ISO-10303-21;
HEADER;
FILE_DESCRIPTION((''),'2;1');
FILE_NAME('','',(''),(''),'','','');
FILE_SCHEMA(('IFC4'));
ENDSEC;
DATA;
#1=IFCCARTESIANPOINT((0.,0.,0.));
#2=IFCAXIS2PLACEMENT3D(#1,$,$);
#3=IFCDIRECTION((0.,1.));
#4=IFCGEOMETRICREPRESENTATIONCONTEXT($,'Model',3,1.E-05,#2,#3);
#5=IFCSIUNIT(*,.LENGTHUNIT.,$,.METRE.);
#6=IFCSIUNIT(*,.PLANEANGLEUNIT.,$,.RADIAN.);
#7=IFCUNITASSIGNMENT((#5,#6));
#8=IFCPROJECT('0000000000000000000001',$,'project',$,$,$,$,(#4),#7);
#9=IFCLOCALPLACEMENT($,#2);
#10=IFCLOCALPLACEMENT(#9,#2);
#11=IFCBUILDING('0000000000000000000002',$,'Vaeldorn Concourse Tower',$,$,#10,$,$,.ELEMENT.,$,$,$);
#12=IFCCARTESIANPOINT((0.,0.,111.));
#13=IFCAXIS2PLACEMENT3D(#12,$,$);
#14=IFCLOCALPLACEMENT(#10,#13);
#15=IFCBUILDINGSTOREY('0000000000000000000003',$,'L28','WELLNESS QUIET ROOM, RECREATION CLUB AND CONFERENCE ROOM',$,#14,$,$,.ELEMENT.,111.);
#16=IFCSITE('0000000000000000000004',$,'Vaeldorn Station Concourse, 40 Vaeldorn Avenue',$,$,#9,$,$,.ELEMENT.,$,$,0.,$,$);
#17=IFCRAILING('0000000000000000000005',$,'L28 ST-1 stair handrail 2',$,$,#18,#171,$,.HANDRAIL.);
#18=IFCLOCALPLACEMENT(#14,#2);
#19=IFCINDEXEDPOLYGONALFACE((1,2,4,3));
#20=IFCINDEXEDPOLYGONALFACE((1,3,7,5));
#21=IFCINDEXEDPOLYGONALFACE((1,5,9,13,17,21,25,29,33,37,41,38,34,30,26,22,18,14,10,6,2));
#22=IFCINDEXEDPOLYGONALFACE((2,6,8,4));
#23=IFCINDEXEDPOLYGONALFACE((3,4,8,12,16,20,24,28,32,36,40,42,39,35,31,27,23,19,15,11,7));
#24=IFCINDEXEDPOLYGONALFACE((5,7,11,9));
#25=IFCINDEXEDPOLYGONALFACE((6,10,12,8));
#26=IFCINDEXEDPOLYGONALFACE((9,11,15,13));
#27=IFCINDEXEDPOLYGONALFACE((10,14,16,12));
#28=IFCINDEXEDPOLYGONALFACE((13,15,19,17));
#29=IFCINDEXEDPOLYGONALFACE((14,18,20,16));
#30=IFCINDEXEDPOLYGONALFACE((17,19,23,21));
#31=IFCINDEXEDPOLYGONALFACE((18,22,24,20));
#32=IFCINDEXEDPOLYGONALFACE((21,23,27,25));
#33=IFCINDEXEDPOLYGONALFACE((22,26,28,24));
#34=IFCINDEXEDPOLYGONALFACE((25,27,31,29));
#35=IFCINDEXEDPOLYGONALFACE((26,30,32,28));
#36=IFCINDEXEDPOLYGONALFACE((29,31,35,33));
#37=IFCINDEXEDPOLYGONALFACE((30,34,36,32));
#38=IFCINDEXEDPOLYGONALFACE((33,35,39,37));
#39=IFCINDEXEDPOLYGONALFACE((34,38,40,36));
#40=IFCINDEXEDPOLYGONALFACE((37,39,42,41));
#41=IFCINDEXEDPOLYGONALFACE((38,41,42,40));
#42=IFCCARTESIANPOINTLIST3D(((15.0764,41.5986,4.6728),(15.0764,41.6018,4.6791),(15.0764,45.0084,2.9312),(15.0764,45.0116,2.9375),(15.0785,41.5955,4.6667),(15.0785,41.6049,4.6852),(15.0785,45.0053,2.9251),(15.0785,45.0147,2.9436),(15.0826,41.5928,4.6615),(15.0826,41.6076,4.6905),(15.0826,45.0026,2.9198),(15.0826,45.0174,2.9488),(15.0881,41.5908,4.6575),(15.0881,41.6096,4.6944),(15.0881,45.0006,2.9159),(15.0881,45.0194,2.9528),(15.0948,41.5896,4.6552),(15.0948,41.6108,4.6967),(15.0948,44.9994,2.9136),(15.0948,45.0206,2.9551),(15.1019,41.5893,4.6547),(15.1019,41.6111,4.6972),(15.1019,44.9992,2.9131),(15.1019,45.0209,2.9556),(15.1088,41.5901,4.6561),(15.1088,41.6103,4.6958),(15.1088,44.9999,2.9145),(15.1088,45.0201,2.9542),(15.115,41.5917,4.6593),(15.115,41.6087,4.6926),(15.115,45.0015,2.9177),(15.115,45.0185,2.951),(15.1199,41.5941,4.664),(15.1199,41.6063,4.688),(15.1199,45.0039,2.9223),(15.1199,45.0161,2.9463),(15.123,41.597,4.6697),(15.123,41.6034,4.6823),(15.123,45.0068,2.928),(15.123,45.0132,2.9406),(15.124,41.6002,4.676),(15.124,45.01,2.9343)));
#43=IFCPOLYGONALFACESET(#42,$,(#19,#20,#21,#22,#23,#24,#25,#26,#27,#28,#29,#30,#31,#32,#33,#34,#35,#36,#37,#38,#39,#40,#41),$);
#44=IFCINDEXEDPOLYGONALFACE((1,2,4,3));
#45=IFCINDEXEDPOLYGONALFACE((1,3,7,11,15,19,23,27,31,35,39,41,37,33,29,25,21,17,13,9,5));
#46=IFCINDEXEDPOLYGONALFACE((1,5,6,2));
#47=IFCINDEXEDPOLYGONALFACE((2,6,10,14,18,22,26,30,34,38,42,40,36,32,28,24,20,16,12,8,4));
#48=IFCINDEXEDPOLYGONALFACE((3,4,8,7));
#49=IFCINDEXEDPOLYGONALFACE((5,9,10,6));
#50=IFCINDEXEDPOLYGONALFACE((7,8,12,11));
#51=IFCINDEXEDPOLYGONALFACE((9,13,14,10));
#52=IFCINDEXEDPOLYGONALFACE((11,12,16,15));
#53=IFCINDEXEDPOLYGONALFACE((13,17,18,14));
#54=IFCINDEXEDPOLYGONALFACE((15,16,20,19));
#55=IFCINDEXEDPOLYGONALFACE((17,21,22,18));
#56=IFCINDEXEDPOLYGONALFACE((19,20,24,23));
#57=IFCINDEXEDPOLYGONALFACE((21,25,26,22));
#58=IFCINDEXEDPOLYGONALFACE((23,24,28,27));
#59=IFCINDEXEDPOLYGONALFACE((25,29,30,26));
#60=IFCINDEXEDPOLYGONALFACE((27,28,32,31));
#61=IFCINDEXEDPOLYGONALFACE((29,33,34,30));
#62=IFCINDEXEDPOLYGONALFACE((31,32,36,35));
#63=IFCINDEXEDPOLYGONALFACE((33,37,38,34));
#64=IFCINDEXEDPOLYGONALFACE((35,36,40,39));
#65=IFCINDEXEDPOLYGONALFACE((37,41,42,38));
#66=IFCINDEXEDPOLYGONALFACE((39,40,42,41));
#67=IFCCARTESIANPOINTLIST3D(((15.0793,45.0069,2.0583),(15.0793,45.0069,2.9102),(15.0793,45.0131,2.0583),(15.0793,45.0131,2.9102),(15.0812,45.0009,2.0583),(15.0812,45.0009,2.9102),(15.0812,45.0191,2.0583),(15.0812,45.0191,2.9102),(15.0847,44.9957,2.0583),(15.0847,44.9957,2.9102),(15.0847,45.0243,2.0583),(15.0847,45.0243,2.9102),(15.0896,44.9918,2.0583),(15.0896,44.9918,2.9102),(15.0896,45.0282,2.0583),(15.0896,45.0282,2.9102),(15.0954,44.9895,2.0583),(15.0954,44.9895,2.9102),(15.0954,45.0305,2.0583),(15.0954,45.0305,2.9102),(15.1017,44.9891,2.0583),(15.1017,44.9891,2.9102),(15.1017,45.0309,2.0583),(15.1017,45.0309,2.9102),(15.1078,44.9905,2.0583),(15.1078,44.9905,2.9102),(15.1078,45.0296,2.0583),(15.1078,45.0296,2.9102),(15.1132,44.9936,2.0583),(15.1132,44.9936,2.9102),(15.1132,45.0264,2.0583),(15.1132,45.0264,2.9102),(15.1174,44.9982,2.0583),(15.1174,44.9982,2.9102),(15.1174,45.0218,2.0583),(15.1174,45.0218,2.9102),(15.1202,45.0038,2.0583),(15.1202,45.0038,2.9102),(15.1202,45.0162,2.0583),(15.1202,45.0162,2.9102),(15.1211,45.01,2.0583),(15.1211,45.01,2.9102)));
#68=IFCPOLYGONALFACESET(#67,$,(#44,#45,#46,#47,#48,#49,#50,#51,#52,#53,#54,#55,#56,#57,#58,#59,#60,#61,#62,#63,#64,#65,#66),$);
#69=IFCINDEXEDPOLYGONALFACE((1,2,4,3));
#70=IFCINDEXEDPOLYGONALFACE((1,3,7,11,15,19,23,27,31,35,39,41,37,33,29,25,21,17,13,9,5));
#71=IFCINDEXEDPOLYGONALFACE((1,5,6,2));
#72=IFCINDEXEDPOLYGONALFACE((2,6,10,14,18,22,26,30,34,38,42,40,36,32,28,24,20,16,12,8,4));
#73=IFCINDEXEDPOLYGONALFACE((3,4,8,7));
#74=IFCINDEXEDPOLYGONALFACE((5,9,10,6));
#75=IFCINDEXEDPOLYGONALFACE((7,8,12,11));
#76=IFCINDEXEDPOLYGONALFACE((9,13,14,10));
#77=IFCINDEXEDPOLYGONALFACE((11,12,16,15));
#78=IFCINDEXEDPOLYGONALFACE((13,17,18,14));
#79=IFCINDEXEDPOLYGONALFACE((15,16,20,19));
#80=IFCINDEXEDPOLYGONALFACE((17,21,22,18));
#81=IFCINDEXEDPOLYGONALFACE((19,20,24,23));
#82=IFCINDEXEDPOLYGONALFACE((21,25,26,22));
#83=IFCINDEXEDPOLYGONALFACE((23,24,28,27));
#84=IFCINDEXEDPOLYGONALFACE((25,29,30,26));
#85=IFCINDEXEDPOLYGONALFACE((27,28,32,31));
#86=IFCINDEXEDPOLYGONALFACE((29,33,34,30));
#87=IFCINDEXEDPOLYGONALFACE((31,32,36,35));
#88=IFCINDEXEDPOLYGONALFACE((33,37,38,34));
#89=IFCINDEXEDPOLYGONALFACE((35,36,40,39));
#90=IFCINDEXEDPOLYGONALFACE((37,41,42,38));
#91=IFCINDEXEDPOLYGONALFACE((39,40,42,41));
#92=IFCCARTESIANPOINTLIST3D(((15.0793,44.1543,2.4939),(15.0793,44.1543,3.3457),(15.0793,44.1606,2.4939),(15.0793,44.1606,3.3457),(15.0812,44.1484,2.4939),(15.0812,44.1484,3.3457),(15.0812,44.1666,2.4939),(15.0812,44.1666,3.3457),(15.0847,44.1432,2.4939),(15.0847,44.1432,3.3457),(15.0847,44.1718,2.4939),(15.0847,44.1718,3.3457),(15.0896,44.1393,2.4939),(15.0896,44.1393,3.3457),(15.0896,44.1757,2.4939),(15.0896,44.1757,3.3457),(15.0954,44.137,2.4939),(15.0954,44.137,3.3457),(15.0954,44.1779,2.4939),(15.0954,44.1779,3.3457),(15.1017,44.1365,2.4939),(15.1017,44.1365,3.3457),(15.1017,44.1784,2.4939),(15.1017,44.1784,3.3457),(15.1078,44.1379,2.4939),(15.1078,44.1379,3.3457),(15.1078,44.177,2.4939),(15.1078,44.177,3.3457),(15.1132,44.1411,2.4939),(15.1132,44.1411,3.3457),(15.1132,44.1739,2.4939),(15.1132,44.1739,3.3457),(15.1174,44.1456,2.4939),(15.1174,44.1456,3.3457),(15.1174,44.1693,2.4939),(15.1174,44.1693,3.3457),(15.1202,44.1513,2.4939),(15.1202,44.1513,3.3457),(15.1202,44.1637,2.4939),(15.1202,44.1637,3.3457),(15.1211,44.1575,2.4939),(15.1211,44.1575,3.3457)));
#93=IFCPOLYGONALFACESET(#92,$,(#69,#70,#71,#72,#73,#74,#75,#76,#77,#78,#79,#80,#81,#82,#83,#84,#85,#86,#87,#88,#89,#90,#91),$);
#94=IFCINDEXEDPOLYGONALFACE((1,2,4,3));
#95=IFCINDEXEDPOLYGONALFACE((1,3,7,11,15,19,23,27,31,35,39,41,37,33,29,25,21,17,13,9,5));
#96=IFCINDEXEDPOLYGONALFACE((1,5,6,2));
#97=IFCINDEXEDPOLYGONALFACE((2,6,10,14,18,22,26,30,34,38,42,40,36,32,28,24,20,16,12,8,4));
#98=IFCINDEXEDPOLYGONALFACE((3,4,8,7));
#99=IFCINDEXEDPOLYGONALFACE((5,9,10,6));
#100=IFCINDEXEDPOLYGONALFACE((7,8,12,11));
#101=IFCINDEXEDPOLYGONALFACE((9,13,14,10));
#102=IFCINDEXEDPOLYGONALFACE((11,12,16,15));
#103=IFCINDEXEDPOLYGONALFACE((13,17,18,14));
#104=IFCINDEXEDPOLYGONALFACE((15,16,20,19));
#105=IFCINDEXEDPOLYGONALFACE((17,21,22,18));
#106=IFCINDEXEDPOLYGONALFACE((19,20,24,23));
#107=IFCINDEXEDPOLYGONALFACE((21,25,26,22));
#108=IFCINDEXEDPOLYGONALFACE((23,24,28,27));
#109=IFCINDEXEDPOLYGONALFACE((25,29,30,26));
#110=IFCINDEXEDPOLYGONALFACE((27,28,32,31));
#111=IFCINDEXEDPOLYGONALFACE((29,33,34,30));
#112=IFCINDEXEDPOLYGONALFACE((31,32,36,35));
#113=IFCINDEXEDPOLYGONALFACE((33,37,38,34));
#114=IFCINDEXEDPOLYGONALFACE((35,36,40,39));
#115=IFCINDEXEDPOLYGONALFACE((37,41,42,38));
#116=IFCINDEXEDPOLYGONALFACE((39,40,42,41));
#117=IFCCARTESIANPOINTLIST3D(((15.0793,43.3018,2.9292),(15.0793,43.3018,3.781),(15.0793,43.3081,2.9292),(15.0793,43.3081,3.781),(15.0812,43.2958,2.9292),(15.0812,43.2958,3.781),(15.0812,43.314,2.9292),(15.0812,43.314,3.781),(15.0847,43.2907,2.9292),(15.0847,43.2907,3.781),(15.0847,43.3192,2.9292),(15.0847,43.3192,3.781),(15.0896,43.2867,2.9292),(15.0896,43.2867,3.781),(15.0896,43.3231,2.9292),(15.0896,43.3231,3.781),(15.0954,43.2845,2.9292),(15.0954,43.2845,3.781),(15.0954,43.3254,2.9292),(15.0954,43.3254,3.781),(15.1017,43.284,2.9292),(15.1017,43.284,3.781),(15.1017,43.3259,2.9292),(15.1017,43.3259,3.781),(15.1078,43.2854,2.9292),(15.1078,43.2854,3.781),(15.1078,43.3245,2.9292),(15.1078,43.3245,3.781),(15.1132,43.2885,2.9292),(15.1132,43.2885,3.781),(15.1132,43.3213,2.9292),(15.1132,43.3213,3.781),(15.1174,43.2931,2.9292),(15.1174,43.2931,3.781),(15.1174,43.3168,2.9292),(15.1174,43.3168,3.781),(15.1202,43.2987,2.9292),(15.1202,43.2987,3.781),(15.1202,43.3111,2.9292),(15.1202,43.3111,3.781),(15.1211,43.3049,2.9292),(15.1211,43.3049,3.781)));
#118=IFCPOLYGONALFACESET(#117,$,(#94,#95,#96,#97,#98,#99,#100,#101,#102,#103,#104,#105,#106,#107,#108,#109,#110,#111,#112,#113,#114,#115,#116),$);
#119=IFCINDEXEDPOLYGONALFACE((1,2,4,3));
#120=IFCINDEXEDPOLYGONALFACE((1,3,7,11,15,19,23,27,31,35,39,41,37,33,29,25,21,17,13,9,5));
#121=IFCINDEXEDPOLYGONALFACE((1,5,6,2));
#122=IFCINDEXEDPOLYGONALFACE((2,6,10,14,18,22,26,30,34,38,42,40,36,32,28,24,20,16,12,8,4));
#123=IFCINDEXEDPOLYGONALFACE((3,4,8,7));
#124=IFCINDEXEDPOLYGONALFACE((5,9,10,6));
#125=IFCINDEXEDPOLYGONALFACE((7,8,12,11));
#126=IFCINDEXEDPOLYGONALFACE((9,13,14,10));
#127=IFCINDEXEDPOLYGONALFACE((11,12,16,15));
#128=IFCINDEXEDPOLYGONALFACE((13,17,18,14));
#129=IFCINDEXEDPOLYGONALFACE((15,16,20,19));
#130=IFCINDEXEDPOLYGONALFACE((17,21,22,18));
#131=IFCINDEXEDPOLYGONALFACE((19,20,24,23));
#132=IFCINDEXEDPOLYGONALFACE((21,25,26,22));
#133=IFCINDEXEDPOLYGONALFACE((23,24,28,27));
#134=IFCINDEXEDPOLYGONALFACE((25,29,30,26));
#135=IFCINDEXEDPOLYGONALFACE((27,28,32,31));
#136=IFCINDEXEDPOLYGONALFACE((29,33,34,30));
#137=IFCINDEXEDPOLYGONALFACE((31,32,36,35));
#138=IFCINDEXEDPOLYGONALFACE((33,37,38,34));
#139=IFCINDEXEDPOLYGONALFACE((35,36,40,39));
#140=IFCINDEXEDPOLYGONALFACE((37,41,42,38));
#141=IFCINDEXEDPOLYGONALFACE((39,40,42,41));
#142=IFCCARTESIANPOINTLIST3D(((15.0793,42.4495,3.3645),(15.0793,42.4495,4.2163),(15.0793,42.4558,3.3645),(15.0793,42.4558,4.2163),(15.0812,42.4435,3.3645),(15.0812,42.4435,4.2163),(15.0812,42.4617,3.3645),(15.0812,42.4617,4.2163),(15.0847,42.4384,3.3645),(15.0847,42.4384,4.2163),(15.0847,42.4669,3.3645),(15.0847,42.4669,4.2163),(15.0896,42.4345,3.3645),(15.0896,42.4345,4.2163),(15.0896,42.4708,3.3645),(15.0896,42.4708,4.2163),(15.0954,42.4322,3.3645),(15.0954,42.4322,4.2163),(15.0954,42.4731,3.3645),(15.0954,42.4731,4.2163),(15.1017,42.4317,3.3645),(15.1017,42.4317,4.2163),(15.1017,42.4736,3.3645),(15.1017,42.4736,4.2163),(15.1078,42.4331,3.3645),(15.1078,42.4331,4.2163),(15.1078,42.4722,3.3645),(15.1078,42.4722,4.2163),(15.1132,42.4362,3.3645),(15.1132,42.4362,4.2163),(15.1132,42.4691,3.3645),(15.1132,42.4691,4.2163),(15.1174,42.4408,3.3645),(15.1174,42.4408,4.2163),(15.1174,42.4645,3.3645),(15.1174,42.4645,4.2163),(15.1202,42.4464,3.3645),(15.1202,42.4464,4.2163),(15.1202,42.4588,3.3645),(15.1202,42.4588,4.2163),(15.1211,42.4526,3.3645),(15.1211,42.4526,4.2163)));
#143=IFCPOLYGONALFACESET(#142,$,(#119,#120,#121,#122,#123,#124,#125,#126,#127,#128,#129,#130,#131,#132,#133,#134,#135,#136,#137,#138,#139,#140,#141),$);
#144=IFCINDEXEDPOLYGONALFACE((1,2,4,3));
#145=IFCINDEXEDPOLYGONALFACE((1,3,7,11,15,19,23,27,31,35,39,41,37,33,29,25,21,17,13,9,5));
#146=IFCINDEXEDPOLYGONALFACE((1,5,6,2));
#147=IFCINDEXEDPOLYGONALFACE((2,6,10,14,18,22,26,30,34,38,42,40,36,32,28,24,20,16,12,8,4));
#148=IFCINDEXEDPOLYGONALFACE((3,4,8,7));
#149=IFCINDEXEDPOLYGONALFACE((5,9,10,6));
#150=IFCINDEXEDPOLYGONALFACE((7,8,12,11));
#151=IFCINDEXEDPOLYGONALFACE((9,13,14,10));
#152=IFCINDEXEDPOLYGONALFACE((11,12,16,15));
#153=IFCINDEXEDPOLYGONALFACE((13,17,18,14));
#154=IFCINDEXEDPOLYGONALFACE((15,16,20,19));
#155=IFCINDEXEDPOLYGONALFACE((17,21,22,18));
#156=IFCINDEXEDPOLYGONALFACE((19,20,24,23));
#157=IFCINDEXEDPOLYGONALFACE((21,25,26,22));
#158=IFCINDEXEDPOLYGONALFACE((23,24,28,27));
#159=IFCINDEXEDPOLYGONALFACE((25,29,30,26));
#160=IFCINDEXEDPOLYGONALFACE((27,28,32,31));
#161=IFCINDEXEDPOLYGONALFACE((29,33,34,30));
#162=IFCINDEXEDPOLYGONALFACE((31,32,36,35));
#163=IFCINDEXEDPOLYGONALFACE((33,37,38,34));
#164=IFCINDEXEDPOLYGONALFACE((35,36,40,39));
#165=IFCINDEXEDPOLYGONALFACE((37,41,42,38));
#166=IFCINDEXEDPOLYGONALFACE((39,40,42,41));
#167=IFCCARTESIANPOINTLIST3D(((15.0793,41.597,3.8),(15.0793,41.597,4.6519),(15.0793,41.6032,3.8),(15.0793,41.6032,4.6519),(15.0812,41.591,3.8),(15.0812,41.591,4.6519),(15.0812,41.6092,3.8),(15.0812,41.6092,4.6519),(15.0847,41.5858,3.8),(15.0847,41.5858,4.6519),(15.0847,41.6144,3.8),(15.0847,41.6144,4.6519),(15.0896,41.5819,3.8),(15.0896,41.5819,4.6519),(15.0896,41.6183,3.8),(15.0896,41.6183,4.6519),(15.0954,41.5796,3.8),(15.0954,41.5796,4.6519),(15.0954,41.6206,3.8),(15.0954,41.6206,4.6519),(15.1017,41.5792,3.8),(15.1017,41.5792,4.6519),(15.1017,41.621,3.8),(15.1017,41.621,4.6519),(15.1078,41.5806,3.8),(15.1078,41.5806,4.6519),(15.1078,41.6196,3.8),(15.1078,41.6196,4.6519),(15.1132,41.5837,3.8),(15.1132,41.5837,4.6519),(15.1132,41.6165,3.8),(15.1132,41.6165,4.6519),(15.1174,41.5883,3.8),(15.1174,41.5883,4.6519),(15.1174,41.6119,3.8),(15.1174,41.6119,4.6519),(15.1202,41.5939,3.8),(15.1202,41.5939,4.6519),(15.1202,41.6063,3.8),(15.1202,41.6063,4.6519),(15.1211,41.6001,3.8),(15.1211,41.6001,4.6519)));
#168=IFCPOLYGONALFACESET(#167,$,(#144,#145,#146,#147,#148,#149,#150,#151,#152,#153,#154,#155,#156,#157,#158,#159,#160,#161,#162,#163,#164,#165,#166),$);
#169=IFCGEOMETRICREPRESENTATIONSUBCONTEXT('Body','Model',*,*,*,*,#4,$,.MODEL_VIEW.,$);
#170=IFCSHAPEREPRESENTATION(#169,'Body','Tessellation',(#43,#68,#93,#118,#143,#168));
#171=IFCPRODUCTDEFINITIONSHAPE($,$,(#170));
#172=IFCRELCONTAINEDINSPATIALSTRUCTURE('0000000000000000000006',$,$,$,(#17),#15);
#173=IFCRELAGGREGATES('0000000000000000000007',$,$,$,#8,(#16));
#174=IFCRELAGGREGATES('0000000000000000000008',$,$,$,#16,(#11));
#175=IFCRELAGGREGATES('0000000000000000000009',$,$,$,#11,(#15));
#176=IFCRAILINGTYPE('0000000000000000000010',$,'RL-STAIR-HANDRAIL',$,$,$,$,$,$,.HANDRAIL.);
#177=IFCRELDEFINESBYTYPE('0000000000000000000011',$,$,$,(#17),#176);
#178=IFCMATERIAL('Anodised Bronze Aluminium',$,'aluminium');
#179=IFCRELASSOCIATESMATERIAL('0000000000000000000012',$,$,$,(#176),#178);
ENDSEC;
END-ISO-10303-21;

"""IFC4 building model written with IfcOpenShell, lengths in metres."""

from ifc_helpers import new_model, si_unit, direction, frame, origin, origin_2d, place, context, subcontext, project, spatial, circle, extrude, material, type_object, element, save


model = new_model("IFC4")

# Units and contexts
model_context = context("Model", 3, precision=1e-05, world=origin(), true_north=direction((0.0, 1.0)))
body_context = subcontext(model_context, "Body", "Model", "MODEL_VIEW")
ifc_project = project(units=[si_unit("LENGTHUNIT", "METRE"), si_unit("PLANEANGLEUNIT", "RADIAN")], contexts=[model_context])

# Site, building, storey
site_placement = place(None, origin())
site = spatial("IfcSite", under=ifc_project, at=site_placement, Name="Vaeldorn Station Concourse, 40 Vaeldorn Avenue", CompositionType="ELEMENT", RefElevation=0.0)
building_placement = place(site_placement, origin())
building = spatial("IfcBuilding", under=site, at=building_placement, Name="Vaeldorn Concourse Tower", CompositionType="ELEMENT")
storey_placement = place(building_placement, frame((0.0, 0.0, 111.0)))
storey = spatial("IfcBuildingStorey", under=building, at=storey_placement, Name="L28", Description="WELLNESS QUIET ROOM, RECREATION CLUB AND CONFERENCE ROOM", CompositionType="ELEMENT", Elevation=111.0)

# Shared definitions
ifc_material_1 = material(Name="Anodised Bronze Aluminium", Category="aluminium")

# Railing
railing_type_1 = type_object("IfcRailingType", Name="RL-STAIR-HANDRAIL", PredefinedType="HANDRAIL", material=ifc_material_1)
railing_1_placement = place(storey_placement, frame((15.1001, 45.01, 2.0583)))
element("IfcRailing", 1, at=railing_1_placement, inside=storey, type_object=railing_type_1, Name="L28 ST-1 stair handrail 2", PredefinedType="HANDRAIL", context=body_context, shape_type="SweptSolid", body=[
    extrude(circle(Radius=0.0239, at=origin_2d()), frame((0.0, 0.0, 0.876), z_axis=(0.0, -0.890556, 0.454874), x_axis=(1.0, 0.0, 0.0)), (0.0, 0.0, 1.0), 3.8289),
    extrude(circle(Radius=0.021, at=origin_2d()), origin(), (0.0, 0.0, 1.0), 0.8518),
    extrude(circle(Radius=0.021, at=origin_2d()), frame((0.0, -0.8525, 0.4355)), (0.0, 0.0, 1.0), 0.8518),
    extrude(circle(Radius=0.021, at=origin_2d()), frame((0.0, -1.7051, 0.8708)), (0.0, 0.0, 1.0), 0.8518),
    extrude(circle(Radius=0.021, at=origin_2d()), frame((0.0, -2.5574, 1.3062)), (0.0, 0.0, 1.0), 0.8518),
    extrude(circle(Radius=0.021, at=origin_2d()), frame((0.0, -3.4099, 1.7417)), (0.0, 0.0, 1.0), 0.8518),
])

save(model, "model.ifc")
